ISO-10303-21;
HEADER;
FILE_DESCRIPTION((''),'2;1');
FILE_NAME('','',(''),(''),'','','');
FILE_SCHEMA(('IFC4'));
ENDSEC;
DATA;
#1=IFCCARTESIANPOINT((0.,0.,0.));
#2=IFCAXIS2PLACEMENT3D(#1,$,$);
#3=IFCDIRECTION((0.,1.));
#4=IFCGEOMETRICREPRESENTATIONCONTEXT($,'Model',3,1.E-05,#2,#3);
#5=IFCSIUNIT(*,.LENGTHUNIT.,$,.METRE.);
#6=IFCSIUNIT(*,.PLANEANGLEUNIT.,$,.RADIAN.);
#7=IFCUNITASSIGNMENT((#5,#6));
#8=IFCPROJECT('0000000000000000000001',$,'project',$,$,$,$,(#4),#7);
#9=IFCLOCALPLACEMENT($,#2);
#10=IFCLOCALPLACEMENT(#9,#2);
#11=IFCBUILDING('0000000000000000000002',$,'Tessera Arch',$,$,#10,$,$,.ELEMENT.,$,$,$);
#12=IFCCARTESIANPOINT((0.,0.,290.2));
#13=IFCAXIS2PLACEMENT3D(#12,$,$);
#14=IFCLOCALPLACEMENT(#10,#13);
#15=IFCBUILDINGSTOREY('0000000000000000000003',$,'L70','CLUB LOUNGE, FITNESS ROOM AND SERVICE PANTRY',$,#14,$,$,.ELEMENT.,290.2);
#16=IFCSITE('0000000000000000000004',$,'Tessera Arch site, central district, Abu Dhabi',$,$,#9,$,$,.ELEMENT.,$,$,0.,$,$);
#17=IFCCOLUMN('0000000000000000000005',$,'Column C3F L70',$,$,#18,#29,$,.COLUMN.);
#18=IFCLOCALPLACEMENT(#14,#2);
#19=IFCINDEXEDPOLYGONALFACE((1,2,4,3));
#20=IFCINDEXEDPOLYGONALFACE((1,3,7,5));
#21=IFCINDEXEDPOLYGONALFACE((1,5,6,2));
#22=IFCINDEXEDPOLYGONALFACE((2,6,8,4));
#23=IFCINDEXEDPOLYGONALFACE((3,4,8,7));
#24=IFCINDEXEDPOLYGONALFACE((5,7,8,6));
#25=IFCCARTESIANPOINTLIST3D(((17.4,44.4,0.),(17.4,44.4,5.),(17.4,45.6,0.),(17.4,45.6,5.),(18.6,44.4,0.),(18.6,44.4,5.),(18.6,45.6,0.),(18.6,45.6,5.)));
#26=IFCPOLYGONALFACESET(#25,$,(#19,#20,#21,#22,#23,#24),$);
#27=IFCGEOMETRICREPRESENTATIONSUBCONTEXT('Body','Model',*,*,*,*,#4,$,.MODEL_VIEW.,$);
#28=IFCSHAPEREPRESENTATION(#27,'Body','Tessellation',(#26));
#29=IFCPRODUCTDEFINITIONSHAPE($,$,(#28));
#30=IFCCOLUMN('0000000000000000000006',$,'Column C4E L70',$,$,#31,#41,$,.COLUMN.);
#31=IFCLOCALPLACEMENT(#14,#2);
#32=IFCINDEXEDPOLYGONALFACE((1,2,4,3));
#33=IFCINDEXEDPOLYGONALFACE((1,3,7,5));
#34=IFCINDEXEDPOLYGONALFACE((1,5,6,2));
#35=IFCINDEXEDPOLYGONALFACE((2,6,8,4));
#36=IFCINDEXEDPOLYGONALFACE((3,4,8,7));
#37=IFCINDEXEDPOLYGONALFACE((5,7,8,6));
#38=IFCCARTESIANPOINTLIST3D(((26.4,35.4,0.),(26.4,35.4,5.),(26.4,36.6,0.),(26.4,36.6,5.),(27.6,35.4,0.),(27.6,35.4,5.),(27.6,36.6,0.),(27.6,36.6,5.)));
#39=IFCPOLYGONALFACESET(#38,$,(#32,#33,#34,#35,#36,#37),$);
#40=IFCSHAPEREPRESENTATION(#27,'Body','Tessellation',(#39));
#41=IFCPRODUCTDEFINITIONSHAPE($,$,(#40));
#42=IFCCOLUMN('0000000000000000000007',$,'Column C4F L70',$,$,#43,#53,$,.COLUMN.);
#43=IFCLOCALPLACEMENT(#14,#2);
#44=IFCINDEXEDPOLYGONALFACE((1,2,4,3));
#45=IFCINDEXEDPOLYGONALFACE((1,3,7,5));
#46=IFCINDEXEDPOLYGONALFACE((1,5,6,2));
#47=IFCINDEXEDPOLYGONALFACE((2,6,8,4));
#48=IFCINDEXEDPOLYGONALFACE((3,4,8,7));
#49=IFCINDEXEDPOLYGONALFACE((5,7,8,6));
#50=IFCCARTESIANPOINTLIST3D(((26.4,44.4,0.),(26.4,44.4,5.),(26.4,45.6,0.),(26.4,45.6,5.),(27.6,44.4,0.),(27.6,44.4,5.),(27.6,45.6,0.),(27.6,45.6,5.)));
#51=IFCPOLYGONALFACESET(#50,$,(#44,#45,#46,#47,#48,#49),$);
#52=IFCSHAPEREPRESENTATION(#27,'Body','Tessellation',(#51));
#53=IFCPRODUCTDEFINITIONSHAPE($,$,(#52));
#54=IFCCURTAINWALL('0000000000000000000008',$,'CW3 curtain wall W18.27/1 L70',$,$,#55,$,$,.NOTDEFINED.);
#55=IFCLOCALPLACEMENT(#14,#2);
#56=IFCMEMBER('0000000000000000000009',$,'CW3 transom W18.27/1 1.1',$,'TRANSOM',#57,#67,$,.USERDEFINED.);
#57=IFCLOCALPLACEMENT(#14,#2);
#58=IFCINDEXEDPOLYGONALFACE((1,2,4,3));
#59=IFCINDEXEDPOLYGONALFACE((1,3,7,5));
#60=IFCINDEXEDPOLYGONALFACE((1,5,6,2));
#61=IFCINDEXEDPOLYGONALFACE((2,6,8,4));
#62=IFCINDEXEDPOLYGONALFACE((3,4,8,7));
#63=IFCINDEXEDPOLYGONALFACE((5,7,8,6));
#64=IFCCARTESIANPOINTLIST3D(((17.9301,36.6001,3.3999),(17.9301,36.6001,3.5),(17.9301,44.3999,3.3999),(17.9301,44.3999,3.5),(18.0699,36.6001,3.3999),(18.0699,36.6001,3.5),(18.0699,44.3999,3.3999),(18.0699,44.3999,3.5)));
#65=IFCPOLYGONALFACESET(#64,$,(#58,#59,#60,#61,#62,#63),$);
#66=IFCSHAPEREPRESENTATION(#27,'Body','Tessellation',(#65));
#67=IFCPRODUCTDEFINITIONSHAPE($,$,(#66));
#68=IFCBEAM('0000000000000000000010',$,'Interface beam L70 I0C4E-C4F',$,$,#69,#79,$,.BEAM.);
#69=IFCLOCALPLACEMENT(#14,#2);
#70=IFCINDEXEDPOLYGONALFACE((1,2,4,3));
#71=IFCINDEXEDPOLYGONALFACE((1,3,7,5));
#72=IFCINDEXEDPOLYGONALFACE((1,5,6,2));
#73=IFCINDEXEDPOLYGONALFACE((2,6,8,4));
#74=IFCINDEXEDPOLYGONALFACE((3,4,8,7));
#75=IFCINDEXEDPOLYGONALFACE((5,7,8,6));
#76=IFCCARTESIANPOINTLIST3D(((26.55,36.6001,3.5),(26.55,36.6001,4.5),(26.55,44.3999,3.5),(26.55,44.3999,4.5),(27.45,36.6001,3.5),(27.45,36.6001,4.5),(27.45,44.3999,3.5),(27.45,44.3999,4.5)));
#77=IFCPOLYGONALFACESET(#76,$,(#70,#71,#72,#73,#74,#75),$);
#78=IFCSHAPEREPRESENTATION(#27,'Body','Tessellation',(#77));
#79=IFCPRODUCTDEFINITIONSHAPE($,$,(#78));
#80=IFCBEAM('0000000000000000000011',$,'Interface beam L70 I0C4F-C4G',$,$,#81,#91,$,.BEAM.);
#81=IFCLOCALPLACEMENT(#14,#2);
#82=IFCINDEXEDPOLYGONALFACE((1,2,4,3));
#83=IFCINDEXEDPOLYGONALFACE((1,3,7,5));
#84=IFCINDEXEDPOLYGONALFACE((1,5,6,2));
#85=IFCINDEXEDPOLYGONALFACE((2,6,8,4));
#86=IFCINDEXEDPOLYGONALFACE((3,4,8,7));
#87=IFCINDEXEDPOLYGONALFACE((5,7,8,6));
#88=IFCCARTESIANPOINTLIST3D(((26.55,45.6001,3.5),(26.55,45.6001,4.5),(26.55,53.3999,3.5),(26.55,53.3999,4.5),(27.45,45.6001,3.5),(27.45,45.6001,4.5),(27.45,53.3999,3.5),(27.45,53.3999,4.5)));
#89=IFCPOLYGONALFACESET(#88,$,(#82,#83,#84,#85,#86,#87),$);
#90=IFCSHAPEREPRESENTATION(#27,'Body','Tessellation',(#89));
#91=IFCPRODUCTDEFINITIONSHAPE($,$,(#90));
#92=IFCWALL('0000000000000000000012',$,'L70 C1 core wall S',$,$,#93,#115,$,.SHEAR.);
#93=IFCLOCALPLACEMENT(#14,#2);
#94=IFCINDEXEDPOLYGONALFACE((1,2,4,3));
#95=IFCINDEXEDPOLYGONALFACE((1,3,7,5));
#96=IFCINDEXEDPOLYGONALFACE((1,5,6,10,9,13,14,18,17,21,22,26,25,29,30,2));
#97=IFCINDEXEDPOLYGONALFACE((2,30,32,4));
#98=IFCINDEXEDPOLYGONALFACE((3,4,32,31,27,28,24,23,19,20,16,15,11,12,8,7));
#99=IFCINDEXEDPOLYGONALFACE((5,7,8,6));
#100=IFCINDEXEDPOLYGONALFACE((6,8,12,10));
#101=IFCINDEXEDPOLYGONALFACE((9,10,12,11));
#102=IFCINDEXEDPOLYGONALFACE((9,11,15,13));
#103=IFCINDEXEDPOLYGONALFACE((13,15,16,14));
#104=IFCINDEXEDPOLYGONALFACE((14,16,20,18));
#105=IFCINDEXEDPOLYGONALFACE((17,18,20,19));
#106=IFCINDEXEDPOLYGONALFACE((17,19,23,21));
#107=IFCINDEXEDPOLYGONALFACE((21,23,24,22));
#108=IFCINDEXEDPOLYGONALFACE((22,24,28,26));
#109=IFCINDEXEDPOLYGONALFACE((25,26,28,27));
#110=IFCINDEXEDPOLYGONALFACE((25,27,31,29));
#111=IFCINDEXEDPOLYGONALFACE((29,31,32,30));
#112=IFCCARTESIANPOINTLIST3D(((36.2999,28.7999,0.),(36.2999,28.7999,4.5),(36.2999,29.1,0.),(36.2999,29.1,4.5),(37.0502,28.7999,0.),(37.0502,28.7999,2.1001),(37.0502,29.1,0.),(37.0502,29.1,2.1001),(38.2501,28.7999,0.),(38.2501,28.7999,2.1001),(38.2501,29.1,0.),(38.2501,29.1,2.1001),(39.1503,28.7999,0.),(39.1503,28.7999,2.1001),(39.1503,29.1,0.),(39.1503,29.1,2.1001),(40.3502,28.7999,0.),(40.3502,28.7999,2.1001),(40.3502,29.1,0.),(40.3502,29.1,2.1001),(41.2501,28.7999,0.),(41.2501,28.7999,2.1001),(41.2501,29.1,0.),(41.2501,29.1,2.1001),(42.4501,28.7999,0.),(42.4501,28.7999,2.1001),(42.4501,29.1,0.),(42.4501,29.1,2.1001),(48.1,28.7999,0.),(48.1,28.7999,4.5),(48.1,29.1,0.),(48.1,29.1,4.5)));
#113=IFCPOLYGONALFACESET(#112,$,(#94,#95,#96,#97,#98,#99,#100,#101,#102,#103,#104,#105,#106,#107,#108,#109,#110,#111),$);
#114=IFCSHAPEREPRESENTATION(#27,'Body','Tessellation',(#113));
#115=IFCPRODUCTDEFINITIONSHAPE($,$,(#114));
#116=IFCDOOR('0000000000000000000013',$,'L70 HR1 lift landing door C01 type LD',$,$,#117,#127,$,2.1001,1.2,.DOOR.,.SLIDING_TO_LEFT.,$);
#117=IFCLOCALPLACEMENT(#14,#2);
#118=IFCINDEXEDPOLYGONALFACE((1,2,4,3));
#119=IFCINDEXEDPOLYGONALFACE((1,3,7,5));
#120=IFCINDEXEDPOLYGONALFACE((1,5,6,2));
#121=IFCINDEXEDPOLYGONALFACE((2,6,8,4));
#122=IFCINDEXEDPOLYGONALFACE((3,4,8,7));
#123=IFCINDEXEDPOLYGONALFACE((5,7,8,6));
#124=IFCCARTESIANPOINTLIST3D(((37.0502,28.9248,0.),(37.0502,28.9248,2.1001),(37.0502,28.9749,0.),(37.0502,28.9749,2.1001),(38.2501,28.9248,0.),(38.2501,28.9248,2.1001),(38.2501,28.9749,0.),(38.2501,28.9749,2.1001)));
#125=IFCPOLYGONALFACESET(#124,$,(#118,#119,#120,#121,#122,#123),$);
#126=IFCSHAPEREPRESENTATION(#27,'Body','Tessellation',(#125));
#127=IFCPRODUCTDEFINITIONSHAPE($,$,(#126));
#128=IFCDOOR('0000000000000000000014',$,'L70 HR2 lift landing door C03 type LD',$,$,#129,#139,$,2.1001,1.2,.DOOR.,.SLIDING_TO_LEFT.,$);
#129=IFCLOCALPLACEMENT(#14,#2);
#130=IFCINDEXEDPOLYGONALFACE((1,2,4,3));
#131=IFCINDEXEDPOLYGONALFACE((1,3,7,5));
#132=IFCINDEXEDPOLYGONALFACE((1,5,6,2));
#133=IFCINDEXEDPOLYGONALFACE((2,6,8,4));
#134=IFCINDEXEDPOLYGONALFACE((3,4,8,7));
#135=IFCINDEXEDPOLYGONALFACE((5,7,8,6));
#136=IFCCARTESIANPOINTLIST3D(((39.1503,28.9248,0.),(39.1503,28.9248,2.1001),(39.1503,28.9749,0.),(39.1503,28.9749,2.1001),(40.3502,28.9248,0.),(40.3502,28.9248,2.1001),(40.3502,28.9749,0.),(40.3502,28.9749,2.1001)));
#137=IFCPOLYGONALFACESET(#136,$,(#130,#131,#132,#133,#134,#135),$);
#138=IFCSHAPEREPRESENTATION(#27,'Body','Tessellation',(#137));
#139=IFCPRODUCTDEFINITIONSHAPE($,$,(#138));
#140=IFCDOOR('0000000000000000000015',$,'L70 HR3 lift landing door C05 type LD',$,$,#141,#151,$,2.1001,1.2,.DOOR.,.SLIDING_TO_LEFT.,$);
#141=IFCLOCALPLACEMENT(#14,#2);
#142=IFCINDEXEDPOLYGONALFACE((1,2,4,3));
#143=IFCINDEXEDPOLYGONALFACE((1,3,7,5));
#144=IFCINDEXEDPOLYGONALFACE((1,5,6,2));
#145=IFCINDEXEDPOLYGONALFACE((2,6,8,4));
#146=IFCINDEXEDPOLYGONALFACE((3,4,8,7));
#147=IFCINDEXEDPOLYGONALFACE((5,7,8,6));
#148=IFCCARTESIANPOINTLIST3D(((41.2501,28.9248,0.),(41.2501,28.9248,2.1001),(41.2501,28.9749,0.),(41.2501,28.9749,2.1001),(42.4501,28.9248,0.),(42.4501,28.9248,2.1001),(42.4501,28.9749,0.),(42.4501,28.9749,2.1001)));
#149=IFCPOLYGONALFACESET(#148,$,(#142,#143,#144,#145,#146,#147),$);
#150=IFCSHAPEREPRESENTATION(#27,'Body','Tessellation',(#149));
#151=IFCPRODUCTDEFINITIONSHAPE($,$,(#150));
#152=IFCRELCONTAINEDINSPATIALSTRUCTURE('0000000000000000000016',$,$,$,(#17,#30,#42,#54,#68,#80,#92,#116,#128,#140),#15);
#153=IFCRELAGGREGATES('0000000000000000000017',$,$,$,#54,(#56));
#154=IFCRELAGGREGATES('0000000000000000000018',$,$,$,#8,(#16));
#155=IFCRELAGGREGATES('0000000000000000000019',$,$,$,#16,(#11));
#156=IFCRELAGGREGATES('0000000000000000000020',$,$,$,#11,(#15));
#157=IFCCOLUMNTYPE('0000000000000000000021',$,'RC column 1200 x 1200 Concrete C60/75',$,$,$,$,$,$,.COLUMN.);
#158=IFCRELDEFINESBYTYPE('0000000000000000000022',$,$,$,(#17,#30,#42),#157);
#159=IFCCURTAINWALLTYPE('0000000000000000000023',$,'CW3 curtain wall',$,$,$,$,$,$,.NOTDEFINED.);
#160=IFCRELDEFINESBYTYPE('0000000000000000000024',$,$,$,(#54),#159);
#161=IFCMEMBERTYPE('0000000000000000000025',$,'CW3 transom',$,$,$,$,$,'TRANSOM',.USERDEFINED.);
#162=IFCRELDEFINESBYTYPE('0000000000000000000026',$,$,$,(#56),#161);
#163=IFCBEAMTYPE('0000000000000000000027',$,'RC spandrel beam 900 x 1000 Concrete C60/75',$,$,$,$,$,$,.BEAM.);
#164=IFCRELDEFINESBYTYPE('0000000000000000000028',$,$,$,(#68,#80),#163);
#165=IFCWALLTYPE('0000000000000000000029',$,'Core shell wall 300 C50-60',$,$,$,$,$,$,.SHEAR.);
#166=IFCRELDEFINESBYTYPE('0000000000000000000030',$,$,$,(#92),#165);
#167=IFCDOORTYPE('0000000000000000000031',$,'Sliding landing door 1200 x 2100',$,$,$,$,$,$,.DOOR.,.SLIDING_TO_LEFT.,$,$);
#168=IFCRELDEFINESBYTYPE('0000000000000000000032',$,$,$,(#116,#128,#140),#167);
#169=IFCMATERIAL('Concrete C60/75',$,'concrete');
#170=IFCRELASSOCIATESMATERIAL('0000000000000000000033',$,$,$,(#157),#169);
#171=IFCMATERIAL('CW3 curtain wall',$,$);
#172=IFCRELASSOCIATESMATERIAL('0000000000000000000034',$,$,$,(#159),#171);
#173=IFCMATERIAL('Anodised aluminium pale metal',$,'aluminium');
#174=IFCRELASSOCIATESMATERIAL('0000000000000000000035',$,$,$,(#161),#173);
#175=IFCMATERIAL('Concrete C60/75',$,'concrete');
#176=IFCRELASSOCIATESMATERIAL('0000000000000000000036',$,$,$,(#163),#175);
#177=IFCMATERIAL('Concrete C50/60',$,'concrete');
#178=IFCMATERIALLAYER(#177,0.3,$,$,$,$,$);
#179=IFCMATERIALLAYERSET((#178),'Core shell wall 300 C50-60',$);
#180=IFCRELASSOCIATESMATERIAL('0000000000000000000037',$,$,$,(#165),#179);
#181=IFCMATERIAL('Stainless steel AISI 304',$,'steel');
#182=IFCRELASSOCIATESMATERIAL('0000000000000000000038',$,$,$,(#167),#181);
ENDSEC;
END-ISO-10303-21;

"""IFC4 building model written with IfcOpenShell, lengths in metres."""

from ifc_helpers import new_model, si_unit, direction, frame, frame_2d, origin, origin_2d, place, context, subcontext, project, spatial, rectangle, extrude, material, layer, layer_set, material_profile, profile_set, type_object, element, fill, aggregate, save


model = new_model("IFC4")

# Units and contexts
model_context = context("Model", 3, precision=1e-05, world=origin(), true_north=direction((0.0, 1.0)))
body_context = subcontext(model_context, "Body", "Model", "MODEL_VIEW")
ifc_project = project(units=[si_unit("LENGTHUNIT", "METRE"), si_unit("PLANEANGLEUNIT", "RADIAN")], contexts=[model_context])

# Site, building, storey
site_placement = place(None, origin())
site = spatial("IfcSite", under=ifc_project, at=site_placement, Name="Tessera Arch site, central district, Abu Dhabi", CompositionType="ELEMENT", RefElevation=0.0)
building_placement = place(site_placement, origin())
building = spatial("IfcBuilding", under=site, at=building_placement, Name="Tessera Arch", CompositionType="ELEMENT")
storey_placement = place(building_placement, frame((0.0, 0.0, 290.2)))
storey = spatial("IfcBuildingStorey", under=building, at=storey_placement, Name="L70", Description="CLUB LOUNGE, FITNESS ROOM AND SERVICE PANTRY", CompositionType="ELEMENT", Elevation=290.2)

# Columns
ifc_material_1 = material(Name="Concrete C60/75", Category="concrete")
ifc_material_profile_1 = material_profile(ifc_material_1, rectangle(XDim=1.2, YDim=1.2, at=origin_2d()), Name="RC column 1200 x 1200 Concrete C60/75")
ifc_profile_set_1 = profile_set([ifc_material_profile_1], Name="Concrete C60/75")
column_type = type_object("IfcColumnType", Name="RC column 1200 x 1200 Concrete C60/75", PredefinedType="COLUMN", material=ifc_profile_set_1)
for number, where, z_axis, x_axis, name in (
    (1, (18.0, 45.0, 0.0), (0.0, 0.0, 1.0), (1.0, 0.0, 0.0), "Column C3F L70"),
    (2, (27.0, 36.0, 0.0), (0.0, 0.0, 1.0), (1.0, 0.0, 0.0), "Column C4E L70"),
    (3, (27.0, 45.0, 0.0), (0.0, 0.0, 1.0), (1.0, 0.0, 0.0), "Column C4F L70"),
):
    element("IfcColumn", number, at=place(storey_placement, frame(where, z_axis=z_axis, x_axis=x_axis)), inside=storey, type_object=column_type, Name=name, PredefinedType="COLUMN", context=body_context, shape_type="SweptSolid", body=[
        extrude(rectangle(XDim=1.2, YDim=1.2, at=origin_2d()), origin(), (0.0, 0.0, 1.0), 5.0),
    ])

# Curtain wall, member
ifc_material_2 = material(Name="CW3 curtain wall")
curtain_wall_type = type_object("IfcCurtainWallType", Name="CW3 curtain wall", PredefinedType="NOTDEFINED", material=ifc_material_2)
curtain_wall_placement = place(storey_placement, origin())
curtain_wall = element("IfcCurtainWall", 4, at=curtain_wall_placement, inside=storey, type_object=curtain_wall_type, Name="CW3 curtain wall W18.27/1 L70", PredefinedType="NOTDEFINED")
ifc_material_3 = material(Name="Anodised aluminium pale metal", Category="aluminium")
ifc_material_profile_2 = material_profile(ifc_material_3, rectangle(XDim=0.1399, YDim=0.1001, at=origin_2d()), Name="AL 140x100")
ifc_profile_set_2 = profile_set([ifc_material_profile_2], Name="Anodised aluminium pale metal")
member_type = type_object("IfcMemberType", Name="CW3 transom", ElementType="TRANSOM", PredefinedType="USERDEFINED", material=ifc_profile_set_2)
member_placement = place(storey_placement, frame((18.0, 44.3999, 3.45), z_axis=(0.0, -1.0, 0.0), x_axis=(1.0, 0.0, 0.0)))
member = element("IfcMember", 5, at=member_placement, type_object=member_type, Name="CW3 transom W18.27/1 1.1", ObjectType="TRANSOM", PredefinedType="USERDEFINED", context=body_context, shape_type="SweptSolid", body=[
    extrude(rectangle(XDim=0.1399, YDim=0.1001, at=origin_2d()), origin(), (0.0, 0.0, 1.0), 7.7998),
])
aggregate(curtain_wall, [member])

# Beams
ifc_material_4 = material(Name="Concrete C60/75", Category="concrete")
ifc_material_profile_3 = material_profile(ifc_material_4, rectangle(XDim=0.8999, YDim=1.0, at=origin_2d()), Name="RC spandrel beam 900 x 1000 Concrete C60/75")
ifc_profile_set_3 = profile_set([ifc_material_profile_3], Name="Concrete C60/75")
beam_type = type_object("IfcBeamType", Name="RC spandrel beam 900 x 1000 Concrete C60/75", PredefinedType="BEAM", material=ifc_profile_set_3)
for number, where, z_axis, x_axis, name in (
    (6, (27.0, 36.6001, 4.0), (0.0, 1.0, 0.0), (-1.0, 0.0, 0.0), "Interface beam L70 I0C4E-C4F"),
    (7, (27.0, 45.6001, 4.0), (0.0, 1.0, 0.0), (-1.0, 0.0, 0.0), "Interface beam L70 I0C4F-C4G"),
):
    element("IfcBeam", number, at=place(storey_placement, frame(where, z_axis=z_axis, x_axis=x_axis)), inside=storey, type_object=beam_type, Name=name, PredefinedType="BEAM", context=body_context, shape_type="SweptSolid", body=[
        extrude(rectangle(XDim=0.8999, YDim=1.0, at=origin_2d()), origin(), (0.0, 0.0, 1.0), 7.7998),
    ])

# Wall, openings, doors
ifc_material_5 = material(Name="Concrete C50/60", Category="concrete")
ifc_layer_1 = layer(ifc_material_5, 0.3)
ifc_layer_set_1 = layer_set([ifc_layer_1], Name="Core shell wall 300 C50-60")
wall_type_1 = type_object("IfcWallType", Name="Core shell wall 300 C50-60", PredefinedType="SHEAR", material=ifc_layer_set_1)
wall_1_placement = place(storey_placement, frame((36.3, 28.95, 0.0), z_axis=(0.0, 0.0, 1.0), x_axis=(1.0, 0.0, 0.0)))
wall_1 = element("IfcWall", 8, at=wall_1_placement, inside=storey, type_object=wall_type_1, Name="L70 C1 core wall S", PredefinedType="SHEAR", context=body_context, shape_type="SweptSolid", body=[
    extrude(rectangle(XDim=11.8, YDim=0.3, at=frame_2d((5.8999, 0.0))), origin(), (0.0, 0.0, 1.0), 4.5),
])
opening_1_placement = place(wall_1_placement, frame((0.75, 0.0, 0.0)))
opening_1 = element("IfcOpeningElement", 9, at=opening_1_placement, cuts=wall_1, PredefinedType="OPENING", context=body_context, shape_type="SweptSolid", body=[
    extrude(rectangle(XDim=1.2, YDim=2.1001, at=frame_2d((0.6001, 1.05))), frame((0.0, 0.1599, 0.0), z_axis=(0.0, -1.0, 0.0), x_axis=(1.0, 0.0, 0.0)), (0.0, 0.0, 1.0), 0.3201),
])
opening_2_placement = place(wall_1_placement, frame((2.8501, 0.0, 0.0)))
opening_2 = element("IfcOpeningElement", 10, at=opening_2_placement, cuts=wall_1, PredefinedType="OPENING", context=body_context, shape_type="SweptSolid", body=[
    extrude(rectangle(XDim=1.2, YDim=2.1001, at=frame_2d((0.6001, 1.05))), frame((0.0, 0.1599, 0.0), z_axis=(0.0, -1.0, 0.0), x_axis=(1.0, 0.0, 0.0)), (0.0, 0.0, 1.0), 0.3201),
])
opening_3_placement = place(wall_1_placement, frame((4.95, 0.0, 0.0)))
opening_3 = element("IfcOpeningElement", 11, at=opening_3_placement, cuts=wall_1, PredefinedType="OPENING", context=body_context, shape_type="SweptSolid", body=[
    extrude(rectangle(XDim=1.2, YDim=2.1001, at=frame_2d((0.6001, 1.05))), frame((0.0, 0.1599, 0.0), z_axis=(0.0, -1.0, 0.0), x_axis=(1.0, 0.0, 0.0)), (0.0, 0.0, 1.0), 0.3201),
])
ifc_material_6 = material(Name="Stainless steel AISI 304", Category="steel")
door_type_1 = type_object("IfcDoorType", Name="Sliding landing door 1200 x 2100", OperationType="SLIDING_TO_LEFT", PredefinedType="DOOR", material=ifc_material_6)
door_1_placement = place(opening_1_placement, origin())
door_1 = element("IfcDoor", 12, at=door_1_placement, inside=storey, type_object=door_type_1, Name="L70 HR1 lift landing door C01 type LD", OperationType="SLIDING_TO_LEFT", OverallHeight=2.1001, OverallWidth=1.2, PredefinedType="DOOR", context=body_context, shape_type="SweptSolid", body=[
    extrude(rectangle(XDim=1.2, YDim=2.1001, at=frame_2d((0.6001, 1.05))), frame((0.0, 0.0249, 0.0), z_axis=(0.0, -1.0, 0.0), x_axis=(1.0, 0.0, 0.0)), (0.0, 0.0, 1.0), 0.05),
])
fill(opening_1, door_1)
door_2_placement = place(opening_2_placement, origin())
door_2 = element("IfcDoor", 13, at=door_2_placement, inside=storey, type_object=door_type_1, Name="L70 HR2 lift landing door C03 type LD", OperationType="SLIDING_TO_LEFT", OverallHeight=2.1001, OverallWidth=1.2, PredefinedType="DOOR", context=body_context, shape_type="SweptSolid", body=[
    extrude(rectangle(XDim=1.2, YDim=2.1001, at=frame_2d((0.6001, 1.05))), frame((0.0, 0.0249, 0.0), z_axis=(0.0, -1.0, 0.0), x_axis=(1.0, 0.0, 0.0)), (0.0, 0.0, 1.0), 0.05),
])
fill(opening_2, door_2)
door_3_placement = place(opening_3_placement, origin())
door_3 = element("IfcDoor", 14, at=door_3_placement, inside=storey, type_object=door_type_1, Name="L70 HR3 lift landing door C05 type LD", OperationType="SLIDING_TO_LEFT", OverallHeight=2.1001, OverallWidth=1.2, PredefinedType="DOOR", context=body_context, shape_type="SweptSolid", body=[
    extrude(rectangle(XDim=1.2, YDim=2.1001, at=frame_2d((0.6001, 1.05))), frame((0.0, 0.0249, 0.0), z_axis=(0.0, -1.0, 0.0), x_axis=(1.0, 0.0, 0.0)), (0.0, 0.0, 1.0), 0.05),
])
fill(opening_3, door_3)

save(model, "model.ifc")
